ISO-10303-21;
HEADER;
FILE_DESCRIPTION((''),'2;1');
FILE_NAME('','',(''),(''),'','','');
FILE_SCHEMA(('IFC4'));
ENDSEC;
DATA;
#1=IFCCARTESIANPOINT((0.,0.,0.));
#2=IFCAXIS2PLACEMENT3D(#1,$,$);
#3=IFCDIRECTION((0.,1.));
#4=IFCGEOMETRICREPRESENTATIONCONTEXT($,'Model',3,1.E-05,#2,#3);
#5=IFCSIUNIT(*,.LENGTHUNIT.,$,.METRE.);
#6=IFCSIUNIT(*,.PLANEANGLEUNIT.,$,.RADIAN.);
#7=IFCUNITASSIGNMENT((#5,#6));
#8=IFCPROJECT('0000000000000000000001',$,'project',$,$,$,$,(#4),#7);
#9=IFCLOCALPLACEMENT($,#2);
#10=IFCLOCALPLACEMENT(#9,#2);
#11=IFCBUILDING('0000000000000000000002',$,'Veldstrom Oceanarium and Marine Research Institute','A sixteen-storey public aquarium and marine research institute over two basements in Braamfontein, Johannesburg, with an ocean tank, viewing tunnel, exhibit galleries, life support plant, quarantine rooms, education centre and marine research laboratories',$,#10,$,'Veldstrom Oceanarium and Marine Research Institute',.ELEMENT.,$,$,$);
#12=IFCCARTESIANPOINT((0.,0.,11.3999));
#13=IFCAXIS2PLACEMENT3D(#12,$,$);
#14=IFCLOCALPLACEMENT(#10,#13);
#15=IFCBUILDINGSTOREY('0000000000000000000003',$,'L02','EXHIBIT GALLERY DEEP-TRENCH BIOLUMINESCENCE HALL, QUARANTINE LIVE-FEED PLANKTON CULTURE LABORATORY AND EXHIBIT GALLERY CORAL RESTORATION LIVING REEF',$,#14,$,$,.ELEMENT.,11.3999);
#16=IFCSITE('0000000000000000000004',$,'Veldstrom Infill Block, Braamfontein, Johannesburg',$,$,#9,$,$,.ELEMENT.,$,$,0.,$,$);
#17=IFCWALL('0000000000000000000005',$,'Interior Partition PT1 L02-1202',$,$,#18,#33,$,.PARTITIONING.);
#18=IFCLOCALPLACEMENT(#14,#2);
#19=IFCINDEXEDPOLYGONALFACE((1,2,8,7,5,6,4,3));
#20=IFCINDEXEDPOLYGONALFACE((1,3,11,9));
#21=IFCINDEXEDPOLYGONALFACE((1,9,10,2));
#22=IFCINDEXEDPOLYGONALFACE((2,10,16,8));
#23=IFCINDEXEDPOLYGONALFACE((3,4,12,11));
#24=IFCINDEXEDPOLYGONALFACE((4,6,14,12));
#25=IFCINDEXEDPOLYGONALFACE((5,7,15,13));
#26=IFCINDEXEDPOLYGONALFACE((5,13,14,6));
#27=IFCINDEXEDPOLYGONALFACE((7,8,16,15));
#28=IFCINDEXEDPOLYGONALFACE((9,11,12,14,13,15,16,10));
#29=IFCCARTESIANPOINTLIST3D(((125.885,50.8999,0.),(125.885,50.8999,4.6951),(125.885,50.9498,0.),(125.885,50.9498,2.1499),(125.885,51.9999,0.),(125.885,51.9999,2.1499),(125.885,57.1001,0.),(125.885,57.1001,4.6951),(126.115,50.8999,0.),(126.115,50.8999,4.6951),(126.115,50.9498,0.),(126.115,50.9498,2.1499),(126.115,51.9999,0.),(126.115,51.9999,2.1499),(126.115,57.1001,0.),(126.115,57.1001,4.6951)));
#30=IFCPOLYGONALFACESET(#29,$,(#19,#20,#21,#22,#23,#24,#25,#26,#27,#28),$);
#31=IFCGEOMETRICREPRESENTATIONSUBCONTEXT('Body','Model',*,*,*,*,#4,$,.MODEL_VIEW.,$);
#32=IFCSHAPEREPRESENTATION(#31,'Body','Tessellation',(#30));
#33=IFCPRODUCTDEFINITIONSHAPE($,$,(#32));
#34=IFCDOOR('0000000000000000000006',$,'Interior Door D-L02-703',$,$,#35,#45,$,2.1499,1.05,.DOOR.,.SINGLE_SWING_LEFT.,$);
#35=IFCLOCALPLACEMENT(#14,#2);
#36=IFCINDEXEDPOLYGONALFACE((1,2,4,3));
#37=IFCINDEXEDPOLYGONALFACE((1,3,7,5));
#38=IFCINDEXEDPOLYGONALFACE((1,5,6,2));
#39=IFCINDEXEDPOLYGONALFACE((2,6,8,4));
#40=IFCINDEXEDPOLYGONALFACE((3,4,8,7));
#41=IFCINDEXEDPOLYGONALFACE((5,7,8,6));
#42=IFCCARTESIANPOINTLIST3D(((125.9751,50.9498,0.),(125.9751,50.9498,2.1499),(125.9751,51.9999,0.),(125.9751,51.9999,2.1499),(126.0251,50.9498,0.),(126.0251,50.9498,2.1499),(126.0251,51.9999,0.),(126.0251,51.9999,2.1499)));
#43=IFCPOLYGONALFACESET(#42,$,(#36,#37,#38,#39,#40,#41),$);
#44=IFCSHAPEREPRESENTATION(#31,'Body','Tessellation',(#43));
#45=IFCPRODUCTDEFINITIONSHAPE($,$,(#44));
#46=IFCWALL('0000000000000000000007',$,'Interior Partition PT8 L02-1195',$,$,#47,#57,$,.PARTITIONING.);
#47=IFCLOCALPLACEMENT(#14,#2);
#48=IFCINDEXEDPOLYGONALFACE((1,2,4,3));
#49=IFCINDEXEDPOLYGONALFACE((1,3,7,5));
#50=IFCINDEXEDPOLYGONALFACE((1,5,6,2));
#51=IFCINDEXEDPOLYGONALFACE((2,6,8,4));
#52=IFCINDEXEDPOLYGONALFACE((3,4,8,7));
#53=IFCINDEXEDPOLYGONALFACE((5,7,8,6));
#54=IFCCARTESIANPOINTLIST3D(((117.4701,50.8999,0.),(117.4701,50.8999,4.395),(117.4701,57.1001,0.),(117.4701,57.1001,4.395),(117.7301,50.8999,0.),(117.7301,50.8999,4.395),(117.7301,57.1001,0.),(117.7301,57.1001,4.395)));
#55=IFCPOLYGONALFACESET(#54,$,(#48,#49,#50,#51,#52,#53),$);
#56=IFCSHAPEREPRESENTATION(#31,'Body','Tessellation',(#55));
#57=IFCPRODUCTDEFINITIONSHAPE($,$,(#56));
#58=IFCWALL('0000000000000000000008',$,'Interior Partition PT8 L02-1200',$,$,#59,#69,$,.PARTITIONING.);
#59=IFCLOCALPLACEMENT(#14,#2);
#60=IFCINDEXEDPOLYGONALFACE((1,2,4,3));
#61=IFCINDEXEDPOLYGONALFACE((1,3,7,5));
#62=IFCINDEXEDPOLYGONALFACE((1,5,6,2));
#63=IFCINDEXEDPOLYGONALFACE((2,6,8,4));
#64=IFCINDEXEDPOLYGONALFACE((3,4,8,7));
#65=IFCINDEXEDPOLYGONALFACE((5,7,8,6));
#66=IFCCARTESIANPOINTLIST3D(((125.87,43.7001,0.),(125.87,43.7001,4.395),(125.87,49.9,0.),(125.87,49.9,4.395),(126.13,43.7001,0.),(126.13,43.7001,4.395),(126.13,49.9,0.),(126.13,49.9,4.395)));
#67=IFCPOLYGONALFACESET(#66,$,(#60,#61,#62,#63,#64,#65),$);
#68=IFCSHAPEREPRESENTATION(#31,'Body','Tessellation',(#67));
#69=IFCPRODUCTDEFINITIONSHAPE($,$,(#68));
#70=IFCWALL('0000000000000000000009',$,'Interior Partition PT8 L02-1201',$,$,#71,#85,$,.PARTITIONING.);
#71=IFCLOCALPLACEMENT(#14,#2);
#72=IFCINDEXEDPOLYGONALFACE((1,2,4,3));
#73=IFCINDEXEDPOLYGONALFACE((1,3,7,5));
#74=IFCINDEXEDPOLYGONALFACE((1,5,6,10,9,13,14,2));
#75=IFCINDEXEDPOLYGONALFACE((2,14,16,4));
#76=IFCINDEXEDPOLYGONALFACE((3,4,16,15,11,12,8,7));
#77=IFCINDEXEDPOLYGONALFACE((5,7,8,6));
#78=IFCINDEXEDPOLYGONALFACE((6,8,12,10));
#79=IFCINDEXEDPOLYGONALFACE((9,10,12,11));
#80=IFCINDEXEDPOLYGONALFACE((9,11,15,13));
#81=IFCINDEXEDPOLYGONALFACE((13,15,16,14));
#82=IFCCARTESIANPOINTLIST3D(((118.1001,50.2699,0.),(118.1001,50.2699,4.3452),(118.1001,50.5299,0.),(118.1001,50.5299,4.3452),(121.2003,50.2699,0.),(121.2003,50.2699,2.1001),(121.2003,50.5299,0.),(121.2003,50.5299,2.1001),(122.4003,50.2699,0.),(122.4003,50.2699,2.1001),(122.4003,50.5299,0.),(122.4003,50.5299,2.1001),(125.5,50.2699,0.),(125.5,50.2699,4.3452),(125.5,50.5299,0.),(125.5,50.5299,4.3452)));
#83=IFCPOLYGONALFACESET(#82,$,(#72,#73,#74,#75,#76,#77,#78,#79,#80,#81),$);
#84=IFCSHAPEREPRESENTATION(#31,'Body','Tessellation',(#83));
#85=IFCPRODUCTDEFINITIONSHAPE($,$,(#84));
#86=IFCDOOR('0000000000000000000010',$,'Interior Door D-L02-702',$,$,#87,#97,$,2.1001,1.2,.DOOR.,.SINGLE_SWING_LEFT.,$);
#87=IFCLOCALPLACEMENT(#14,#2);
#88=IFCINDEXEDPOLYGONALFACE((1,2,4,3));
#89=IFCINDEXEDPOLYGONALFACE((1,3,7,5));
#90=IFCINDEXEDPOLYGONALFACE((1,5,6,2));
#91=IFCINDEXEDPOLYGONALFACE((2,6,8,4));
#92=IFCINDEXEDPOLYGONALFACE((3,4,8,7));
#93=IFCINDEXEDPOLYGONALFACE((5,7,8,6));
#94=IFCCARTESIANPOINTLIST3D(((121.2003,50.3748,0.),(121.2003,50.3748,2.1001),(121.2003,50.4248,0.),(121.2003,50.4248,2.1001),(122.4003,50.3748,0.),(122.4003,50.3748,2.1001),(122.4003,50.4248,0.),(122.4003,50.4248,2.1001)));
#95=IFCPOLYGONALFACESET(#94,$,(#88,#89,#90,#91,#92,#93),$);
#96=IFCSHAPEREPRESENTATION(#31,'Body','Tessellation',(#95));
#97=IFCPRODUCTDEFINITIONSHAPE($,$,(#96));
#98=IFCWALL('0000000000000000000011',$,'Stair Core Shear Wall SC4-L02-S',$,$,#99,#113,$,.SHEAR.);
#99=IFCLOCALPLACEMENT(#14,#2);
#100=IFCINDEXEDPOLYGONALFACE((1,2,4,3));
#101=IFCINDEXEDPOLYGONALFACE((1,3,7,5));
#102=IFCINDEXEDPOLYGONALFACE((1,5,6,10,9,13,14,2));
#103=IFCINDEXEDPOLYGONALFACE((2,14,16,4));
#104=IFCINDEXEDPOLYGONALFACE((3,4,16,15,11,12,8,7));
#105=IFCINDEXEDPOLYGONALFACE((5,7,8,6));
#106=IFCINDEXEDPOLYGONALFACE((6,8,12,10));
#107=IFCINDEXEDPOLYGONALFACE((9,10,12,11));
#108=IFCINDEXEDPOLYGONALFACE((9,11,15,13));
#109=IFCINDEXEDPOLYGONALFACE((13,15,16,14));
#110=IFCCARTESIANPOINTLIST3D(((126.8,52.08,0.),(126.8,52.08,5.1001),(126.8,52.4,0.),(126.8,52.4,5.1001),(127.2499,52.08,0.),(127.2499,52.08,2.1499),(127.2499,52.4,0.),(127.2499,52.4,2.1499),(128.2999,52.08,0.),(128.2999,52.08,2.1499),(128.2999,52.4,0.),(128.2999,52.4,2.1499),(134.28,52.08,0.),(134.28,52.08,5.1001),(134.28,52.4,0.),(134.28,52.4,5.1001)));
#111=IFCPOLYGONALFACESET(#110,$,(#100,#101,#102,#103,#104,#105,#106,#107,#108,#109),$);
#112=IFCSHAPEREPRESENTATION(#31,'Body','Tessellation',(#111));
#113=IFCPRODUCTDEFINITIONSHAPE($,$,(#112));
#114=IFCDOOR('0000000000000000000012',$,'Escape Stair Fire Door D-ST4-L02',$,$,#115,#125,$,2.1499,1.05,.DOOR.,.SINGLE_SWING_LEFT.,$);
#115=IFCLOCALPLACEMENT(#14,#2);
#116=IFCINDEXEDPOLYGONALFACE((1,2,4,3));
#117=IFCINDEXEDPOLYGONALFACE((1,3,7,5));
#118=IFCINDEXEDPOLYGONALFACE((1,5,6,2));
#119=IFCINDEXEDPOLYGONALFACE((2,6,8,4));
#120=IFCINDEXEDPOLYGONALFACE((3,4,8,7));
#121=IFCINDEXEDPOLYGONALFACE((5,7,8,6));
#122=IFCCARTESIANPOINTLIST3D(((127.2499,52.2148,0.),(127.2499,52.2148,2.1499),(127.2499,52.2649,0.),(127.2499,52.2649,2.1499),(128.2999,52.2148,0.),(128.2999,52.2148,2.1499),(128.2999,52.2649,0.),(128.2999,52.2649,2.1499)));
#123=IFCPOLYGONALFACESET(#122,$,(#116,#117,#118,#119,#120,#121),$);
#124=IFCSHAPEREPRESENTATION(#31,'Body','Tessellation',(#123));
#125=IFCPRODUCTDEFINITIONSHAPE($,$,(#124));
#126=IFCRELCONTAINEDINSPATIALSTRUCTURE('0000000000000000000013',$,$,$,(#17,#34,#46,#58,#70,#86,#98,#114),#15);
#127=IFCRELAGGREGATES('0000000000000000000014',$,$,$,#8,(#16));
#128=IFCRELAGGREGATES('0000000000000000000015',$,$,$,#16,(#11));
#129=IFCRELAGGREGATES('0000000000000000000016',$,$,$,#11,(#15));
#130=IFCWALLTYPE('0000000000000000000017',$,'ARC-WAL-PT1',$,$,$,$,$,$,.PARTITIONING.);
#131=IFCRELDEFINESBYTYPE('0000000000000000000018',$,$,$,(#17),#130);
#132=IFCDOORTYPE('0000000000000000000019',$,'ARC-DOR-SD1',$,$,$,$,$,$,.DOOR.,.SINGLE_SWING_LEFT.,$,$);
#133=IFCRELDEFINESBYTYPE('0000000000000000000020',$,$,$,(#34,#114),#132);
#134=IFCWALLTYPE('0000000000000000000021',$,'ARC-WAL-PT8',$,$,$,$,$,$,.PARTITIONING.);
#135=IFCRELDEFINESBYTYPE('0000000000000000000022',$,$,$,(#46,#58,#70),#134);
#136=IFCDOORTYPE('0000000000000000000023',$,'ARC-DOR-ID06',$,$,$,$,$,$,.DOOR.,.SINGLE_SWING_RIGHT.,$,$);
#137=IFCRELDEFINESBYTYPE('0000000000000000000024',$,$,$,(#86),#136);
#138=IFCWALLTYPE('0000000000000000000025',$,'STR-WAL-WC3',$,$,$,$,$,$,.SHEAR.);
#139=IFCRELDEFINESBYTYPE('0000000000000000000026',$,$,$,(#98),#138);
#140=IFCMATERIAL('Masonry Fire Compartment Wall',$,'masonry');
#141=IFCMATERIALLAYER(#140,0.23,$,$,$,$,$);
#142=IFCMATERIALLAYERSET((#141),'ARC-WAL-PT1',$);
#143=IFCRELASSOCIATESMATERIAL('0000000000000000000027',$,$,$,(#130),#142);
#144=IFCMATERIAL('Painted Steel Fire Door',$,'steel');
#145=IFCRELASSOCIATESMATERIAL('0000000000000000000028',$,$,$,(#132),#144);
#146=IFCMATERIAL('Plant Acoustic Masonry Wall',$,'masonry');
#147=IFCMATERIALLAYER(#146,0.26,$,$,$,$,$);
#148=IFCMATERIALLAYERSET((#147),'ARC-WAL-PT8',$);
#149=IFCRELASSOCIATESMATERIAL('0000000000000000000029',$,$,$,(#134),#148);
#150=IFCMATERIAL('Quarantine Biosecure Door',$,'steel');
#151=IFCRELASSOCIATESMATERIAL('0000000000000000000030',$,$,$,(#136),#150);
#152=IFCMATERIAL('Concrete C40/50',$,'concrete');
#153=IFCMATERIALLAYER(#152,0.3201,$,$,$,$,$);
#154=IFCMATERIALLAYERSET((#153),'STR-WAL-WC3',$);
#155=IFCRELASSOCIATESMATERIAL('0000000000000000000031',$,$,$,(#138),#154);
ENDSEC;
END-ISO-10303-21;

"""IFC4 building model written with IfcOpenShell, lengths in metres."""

from ifc_helpers import new_model, si_unit, direction, frame, frame_2d, origin, place, context, subcontext, project, spatial, rectangle, extrude, material, layer, layer_set, type_object, element, fill, save


model = new_model("IFC4")

# Units and contexts
model_context = context("Model", 3, precision=1e-05, world=origin(), true_north=direction((0.0, 1.0)))
body_context = subcontext(model_context, "Body", "Model", "MODEL_VIEW")
ifc_project = project(units=[si_unit("LENGTHUNIT", "METRE"), si_unit("PLANEANGLEUNIT", "RADIAN")], contexts=[model_context])

# Site, building, storey
site_placement = place(None, origin())
site = spatial("IfcSite", under=ifc_project, at=site_placement, Name="Veldstrom Infill Block, Braamfontein, Johannesburg", CompositionType="ELEMENT", RefElevation=0.0)
building_placement = place(site_placement, origin())
building = spatial("IfcBuilding", under=site, at=building_placement, Name="Veldstrom Oceanarium and Marine Research Institute", Description="A sixteen-storey public aquarium and marine research institute over two basements in Braamfontein, Johannesburg, with an ocean tank, viewing tunnel, exhibit galleries, life support plant, quarantine rooms, education centre and marine research laboratories", LongName="Veldstrom Oceanarium and Marine Research Institute", CompositionType="ELEMENT")
storey_placement = place(building_placement, frame((0.0, 0.0, 11.3999)))
storey = spatial("IfcBuildingStorey", under=building, at=storey_placement, Name="L02", Description="EXHIBIT GALLERY DEEP-TRENCH BIOLUMINESCENCE HALL, QUARANTINE LIVE-FEED PLANKTON CULTURE LABORATORY AND EXHIBIT GALLERY CORAL RESTORATION LIVING REEF", CompositionType="ELEMENT", Elevation=11.3999)

# Wall, opening, door
ifc_material_1 = material(Name="Masonry Fire Compartment Wall", Category="masonry")
ifc_layer_1 = layer(ifc_material_1, 0.23)
ifc_layer_set_1 = layer_set([ifc_layer_1], Name="ARC-WAL-PT1")
wall_type_1 = type_object("IfcWallType", Name="ARC-WAL-PT1", PredefinedType="PARTITIONING", material=ifc_layer_set_1)
wall_1_placement = place(storey_placement, frame((126.0, 50.8999, 0.0), z_axis=(0.0, 0.0, 1.0), x_axis=(0.0, 1.0, 0.0)))
wall_1 = element("IfcWall", 1, at=wall_1_placement, inside=storey, type_object=wall_type_1, Name="Interior Partition PT1 L02-1202", PredefinedType="PARTITIONING", context=body_context, shape_type="SweptSolid", body=[
    extrude(rectangle(XDim=6.2002, YDim=0.23, at=frame_2d((3.1001, 0.0))), origin(), (0.0, 0.0, 1.0), 4.6951),
])
opening_1_placement = place(wall_1_placement, frame((0.05, 0.0, 0.0)))
opening_1 = element("IfcOpeningElement", 2, at=opening_1_placement, cuts=wall_1, PredefinedType="OPENING", context=body_context, shape_type="SweptSolid", body=[
    extrude(rectangle(XDim=1.05, YDim=2.1499, at=frame_2d((0.5249, 1.075))), frame((0.0, 0.125, 0.0), z_axis=(0.0, -1.0, 0.0), x_axis=(1.0, 0.0, 0.0)), (0.0, 0.0, 1.0), 0.25),
])
ifc_material_2 = material(Name="Painted Steel Fire Door", Category="steel")
door_type_1 = type_object("IfcDoorType", Name="ARC-DOR-SD1", OperationType="SINGLE_SWING_LEFT", PredefinedType="DOOR", material=ifc_material_2)
door_1_placement = place(opening_1_placement, origin())
door_1 = element("IfcDoor", 3, at=door_1_placement, inside=storey, type_object=door_type_1, Name="Interior Door D-L02-703", OperationType="SINGLE_SWING_LEFT", OverallHeight=2.1499, OverallWidth=1.05, PredefinedType="DOOR", context=body_context, shape_type="SweptSolid", body=[
    extrude(rectangle(XDim=1.05, YDim=2.1499, at=frame_2d((0.5249, 1.075))), frame((0.0, 0.0249, 0.0), z_axis=(0.0, -1.0, 0.0), x_axis=(1.0, 0.0, 0.0)), (0.0, 0.0, 1.0), 0.05),
])
fill(opening_1, door_1)

# Walls
ifc_material_3 = material(Name="Plant Acoustic Masonry Wall", Category="masonry")
ifc_layer_2 = layer(ifc_material_3, 0.26)
ifc_layer_set_2 = layer_set([ifc_layer_2], Name="ARC-WAL-PT8")
wall_type_2 = type_object("IfcWallType", Name="ARC-WAL-PT8", PredefinedType="PARTITIONING", material=ifc_layer_set_2)
wall_2_placement = place(storey_placement, frame((117.6001, 50.8999, 0.0), z_axis=(0.0, 0.0, 1.0), x_axis=(0.0, 1.0, 0.0)))
element("IfcWall", 4, at=wall_2_placement, inside=storey, type_object=wall_type_2, Name="Interior Partition PT8 L02-1195", PredefinedType="PARTITIONING", context=body_context, shape_type="SweptSolid", body=[
    extrude(rectangle(XDim=6.2002, YDim=0.26, at=frame_2d((3.1001, 0.0))), origin(), (0.0, 0.0, 1.0), 4.395),
])
wall_3_placement = place(storey_placement, frame((126.0, 43.7, 0.0), z_axis=(0.0, 0.0, 1.0), x_axis=(0.0, 1.0, 0.0)))
element("IfcWall", 5, at=wall_3_placement, inside=storey, type_object=wall_type_2, Name="Interior Partition PT8 L02-1200", PredefinedType="PARTITIONING", context=body_context, shape_type="SweptSolid", body=[
    extrude(rectangle(XDim=6.2, YDim=0.26, at=frame_2d((3.1001, 0.0))), origin(), (0.0, 0.0, 1.0), 4.395),
])

# Walls, openings, doors
wall_4_placement = place(storey_placement, frame((118.1001, 50.3999, 0.0), z_axis=(0.0, 0.0, 1.0), x_axis=(1.0, 0.0, 0.0)))
wall_4 = element("IfcWall", 6, at=wall_4_placement, inside=storey, type_object=wall_type_2, Name="Interior Partition PT8 L02-1201", PredefinedType="PARTITIONING", context=body_context, shape_type="SweptSolid", body=[
    extrude(rectangle(XDim=7.3999, YDim=0.26, at=frame_2d((3.7, 0.0))), origin(), (0.0, 0.0, 1.0), 4.3452),
])
opening_2_placement = place(wall_4_placement, frame((3.1001, 0.0, 0.0)))
opening_2 = element("IfcOpeningElement", 7, at=opening_2_placement, cuts=wall_4, PredefinedType="OPENING", context=body_context, shape_type="SweptSolid", body=[
    extrude(rectangle(XDim=1.2, YDim=2.1001, at=frame_2d((0.6001, 1.05))), frame((0.0, 0.1399, 0.0), z_axis=(0.0, -1.0, 0.0), x_axis=(1.0, 0.0, 0.0)), (0.0, 0.0, 1.0), 0.28),
])
ifc_material_4 = material(Name="Quarantine Biosecure Door", Category="steel")
door_type_2 = type_object("IfcDoorType", Name="ARC-DOR-ID06", OperationType="SINGLE_SWING_RIGHT", PredefinedType="DOOR", material=ifc_material_4)
door_2_placement = place(opening_2_placement, origin())
door_2 = element("IfcDoor", 8, at=door_2_placement, inside=storey, type_object=door_type_2, Name="Interior Door D-L02-702", OperationType="SINGLE_SWING_LEFT", OverallHeight=2.1001, OverallWidth=1.2, PredefinedType="DOOR", context=body_context, shape_type="SweptSolid", body=[
    extrude(rectangle(XDim=1.2, YDim=2.1001, at=frame_2d((0.6001, 1.05))), frame((0.0, 0.0249, 0.0), z_axis=(0.0, -1.0, 0.0), x_axis=(1.0, 0.0, 0.0)), (0.0, 0.0, 1.0), 0.05),
])
fill(opening_2, door_2)
ifc_material_5 = material(Name="Concrete C40/50", Category="concrete")
ifc_layer_3 = layer(ifc_material_5, 0.3201)
ifc_layer_set_3 = layer_set([ifc_layer_3], Name="STR-WAL-WC3")
wall_type_3 = type_object("IfcWallType", Name="STR-WAL-WC3", PredefinedType="SHEAR", material=ifc_layer_set_3)
wall_5_placement = place(storey_placement, frame((126.8, 52.24, 0.0), z_axis=(0.0, 0.0, 1.0), x_axis=(1.0, 0.0, 0.0)))
wall_5 = element("IfcWall", 9, at=wall_5_placement, inside=storey, type_object=wall_type_3, Name="Stair Core Shear Wall SC4-L02-S", PredefinedType="SHEAR", context=body_context, shape_type="SweptSolid", body=[
    extrude(rectangle(XDim=7.48, YDim=0.3201, at=frame_2d((3.74, 0.0))), origin(), (0.0, 0.0, 1.0), 5.1001),
])
opening_3_placement = place(wall_5_placement, frame((0.45, 0.0, 0.0)))
opening_3 = element("IfcOpeningElement", 10, at=opening_3_placement, cuts=wall_5, PredefinedType="OPENING", context=body_context, shape_type="SweptSolid", body=[
    extrude(rectangle(XDim=1.05, YDim=2.1499, at=frame_2d((0.5249, 1.075))), frame((0.0, 0.1699, 0.0), z_axis=(0.0, -1.0, 0.0), x_axis=(1.0, 0.0, 0.0)), (0.0, 0.0, 1.0), 0.3401),
])
door_3_placement = place(opening_3_placement, origin())
door_3 = element("IfcDoor", 11, at=door_3_placement, inside=storey, type_object=door_type_1, Name="Escape Stair Fire Door D-ST4-L02", OperationType="SINGLE_SWING_LEFT", OverallHeight=2.1499, OverallWidth=1.05, PredefinedType="DOOR", context=body_context, shape_type="SweptSolid", body=[
    extrude(rectangle(XDim=1.05, YDim=2.1499, at=frame_2d((0.5249, 1.075))), frame((0.0, 0.0249, 0.0), z_axis=(0.0, -1.0, 0.0), x_axis=(1.0, 0.0, 0.0)), (0.0, 0.0, 1.0), 0.05),
])
fill(opening_3, door_3)

save(model, "model.ifc")
